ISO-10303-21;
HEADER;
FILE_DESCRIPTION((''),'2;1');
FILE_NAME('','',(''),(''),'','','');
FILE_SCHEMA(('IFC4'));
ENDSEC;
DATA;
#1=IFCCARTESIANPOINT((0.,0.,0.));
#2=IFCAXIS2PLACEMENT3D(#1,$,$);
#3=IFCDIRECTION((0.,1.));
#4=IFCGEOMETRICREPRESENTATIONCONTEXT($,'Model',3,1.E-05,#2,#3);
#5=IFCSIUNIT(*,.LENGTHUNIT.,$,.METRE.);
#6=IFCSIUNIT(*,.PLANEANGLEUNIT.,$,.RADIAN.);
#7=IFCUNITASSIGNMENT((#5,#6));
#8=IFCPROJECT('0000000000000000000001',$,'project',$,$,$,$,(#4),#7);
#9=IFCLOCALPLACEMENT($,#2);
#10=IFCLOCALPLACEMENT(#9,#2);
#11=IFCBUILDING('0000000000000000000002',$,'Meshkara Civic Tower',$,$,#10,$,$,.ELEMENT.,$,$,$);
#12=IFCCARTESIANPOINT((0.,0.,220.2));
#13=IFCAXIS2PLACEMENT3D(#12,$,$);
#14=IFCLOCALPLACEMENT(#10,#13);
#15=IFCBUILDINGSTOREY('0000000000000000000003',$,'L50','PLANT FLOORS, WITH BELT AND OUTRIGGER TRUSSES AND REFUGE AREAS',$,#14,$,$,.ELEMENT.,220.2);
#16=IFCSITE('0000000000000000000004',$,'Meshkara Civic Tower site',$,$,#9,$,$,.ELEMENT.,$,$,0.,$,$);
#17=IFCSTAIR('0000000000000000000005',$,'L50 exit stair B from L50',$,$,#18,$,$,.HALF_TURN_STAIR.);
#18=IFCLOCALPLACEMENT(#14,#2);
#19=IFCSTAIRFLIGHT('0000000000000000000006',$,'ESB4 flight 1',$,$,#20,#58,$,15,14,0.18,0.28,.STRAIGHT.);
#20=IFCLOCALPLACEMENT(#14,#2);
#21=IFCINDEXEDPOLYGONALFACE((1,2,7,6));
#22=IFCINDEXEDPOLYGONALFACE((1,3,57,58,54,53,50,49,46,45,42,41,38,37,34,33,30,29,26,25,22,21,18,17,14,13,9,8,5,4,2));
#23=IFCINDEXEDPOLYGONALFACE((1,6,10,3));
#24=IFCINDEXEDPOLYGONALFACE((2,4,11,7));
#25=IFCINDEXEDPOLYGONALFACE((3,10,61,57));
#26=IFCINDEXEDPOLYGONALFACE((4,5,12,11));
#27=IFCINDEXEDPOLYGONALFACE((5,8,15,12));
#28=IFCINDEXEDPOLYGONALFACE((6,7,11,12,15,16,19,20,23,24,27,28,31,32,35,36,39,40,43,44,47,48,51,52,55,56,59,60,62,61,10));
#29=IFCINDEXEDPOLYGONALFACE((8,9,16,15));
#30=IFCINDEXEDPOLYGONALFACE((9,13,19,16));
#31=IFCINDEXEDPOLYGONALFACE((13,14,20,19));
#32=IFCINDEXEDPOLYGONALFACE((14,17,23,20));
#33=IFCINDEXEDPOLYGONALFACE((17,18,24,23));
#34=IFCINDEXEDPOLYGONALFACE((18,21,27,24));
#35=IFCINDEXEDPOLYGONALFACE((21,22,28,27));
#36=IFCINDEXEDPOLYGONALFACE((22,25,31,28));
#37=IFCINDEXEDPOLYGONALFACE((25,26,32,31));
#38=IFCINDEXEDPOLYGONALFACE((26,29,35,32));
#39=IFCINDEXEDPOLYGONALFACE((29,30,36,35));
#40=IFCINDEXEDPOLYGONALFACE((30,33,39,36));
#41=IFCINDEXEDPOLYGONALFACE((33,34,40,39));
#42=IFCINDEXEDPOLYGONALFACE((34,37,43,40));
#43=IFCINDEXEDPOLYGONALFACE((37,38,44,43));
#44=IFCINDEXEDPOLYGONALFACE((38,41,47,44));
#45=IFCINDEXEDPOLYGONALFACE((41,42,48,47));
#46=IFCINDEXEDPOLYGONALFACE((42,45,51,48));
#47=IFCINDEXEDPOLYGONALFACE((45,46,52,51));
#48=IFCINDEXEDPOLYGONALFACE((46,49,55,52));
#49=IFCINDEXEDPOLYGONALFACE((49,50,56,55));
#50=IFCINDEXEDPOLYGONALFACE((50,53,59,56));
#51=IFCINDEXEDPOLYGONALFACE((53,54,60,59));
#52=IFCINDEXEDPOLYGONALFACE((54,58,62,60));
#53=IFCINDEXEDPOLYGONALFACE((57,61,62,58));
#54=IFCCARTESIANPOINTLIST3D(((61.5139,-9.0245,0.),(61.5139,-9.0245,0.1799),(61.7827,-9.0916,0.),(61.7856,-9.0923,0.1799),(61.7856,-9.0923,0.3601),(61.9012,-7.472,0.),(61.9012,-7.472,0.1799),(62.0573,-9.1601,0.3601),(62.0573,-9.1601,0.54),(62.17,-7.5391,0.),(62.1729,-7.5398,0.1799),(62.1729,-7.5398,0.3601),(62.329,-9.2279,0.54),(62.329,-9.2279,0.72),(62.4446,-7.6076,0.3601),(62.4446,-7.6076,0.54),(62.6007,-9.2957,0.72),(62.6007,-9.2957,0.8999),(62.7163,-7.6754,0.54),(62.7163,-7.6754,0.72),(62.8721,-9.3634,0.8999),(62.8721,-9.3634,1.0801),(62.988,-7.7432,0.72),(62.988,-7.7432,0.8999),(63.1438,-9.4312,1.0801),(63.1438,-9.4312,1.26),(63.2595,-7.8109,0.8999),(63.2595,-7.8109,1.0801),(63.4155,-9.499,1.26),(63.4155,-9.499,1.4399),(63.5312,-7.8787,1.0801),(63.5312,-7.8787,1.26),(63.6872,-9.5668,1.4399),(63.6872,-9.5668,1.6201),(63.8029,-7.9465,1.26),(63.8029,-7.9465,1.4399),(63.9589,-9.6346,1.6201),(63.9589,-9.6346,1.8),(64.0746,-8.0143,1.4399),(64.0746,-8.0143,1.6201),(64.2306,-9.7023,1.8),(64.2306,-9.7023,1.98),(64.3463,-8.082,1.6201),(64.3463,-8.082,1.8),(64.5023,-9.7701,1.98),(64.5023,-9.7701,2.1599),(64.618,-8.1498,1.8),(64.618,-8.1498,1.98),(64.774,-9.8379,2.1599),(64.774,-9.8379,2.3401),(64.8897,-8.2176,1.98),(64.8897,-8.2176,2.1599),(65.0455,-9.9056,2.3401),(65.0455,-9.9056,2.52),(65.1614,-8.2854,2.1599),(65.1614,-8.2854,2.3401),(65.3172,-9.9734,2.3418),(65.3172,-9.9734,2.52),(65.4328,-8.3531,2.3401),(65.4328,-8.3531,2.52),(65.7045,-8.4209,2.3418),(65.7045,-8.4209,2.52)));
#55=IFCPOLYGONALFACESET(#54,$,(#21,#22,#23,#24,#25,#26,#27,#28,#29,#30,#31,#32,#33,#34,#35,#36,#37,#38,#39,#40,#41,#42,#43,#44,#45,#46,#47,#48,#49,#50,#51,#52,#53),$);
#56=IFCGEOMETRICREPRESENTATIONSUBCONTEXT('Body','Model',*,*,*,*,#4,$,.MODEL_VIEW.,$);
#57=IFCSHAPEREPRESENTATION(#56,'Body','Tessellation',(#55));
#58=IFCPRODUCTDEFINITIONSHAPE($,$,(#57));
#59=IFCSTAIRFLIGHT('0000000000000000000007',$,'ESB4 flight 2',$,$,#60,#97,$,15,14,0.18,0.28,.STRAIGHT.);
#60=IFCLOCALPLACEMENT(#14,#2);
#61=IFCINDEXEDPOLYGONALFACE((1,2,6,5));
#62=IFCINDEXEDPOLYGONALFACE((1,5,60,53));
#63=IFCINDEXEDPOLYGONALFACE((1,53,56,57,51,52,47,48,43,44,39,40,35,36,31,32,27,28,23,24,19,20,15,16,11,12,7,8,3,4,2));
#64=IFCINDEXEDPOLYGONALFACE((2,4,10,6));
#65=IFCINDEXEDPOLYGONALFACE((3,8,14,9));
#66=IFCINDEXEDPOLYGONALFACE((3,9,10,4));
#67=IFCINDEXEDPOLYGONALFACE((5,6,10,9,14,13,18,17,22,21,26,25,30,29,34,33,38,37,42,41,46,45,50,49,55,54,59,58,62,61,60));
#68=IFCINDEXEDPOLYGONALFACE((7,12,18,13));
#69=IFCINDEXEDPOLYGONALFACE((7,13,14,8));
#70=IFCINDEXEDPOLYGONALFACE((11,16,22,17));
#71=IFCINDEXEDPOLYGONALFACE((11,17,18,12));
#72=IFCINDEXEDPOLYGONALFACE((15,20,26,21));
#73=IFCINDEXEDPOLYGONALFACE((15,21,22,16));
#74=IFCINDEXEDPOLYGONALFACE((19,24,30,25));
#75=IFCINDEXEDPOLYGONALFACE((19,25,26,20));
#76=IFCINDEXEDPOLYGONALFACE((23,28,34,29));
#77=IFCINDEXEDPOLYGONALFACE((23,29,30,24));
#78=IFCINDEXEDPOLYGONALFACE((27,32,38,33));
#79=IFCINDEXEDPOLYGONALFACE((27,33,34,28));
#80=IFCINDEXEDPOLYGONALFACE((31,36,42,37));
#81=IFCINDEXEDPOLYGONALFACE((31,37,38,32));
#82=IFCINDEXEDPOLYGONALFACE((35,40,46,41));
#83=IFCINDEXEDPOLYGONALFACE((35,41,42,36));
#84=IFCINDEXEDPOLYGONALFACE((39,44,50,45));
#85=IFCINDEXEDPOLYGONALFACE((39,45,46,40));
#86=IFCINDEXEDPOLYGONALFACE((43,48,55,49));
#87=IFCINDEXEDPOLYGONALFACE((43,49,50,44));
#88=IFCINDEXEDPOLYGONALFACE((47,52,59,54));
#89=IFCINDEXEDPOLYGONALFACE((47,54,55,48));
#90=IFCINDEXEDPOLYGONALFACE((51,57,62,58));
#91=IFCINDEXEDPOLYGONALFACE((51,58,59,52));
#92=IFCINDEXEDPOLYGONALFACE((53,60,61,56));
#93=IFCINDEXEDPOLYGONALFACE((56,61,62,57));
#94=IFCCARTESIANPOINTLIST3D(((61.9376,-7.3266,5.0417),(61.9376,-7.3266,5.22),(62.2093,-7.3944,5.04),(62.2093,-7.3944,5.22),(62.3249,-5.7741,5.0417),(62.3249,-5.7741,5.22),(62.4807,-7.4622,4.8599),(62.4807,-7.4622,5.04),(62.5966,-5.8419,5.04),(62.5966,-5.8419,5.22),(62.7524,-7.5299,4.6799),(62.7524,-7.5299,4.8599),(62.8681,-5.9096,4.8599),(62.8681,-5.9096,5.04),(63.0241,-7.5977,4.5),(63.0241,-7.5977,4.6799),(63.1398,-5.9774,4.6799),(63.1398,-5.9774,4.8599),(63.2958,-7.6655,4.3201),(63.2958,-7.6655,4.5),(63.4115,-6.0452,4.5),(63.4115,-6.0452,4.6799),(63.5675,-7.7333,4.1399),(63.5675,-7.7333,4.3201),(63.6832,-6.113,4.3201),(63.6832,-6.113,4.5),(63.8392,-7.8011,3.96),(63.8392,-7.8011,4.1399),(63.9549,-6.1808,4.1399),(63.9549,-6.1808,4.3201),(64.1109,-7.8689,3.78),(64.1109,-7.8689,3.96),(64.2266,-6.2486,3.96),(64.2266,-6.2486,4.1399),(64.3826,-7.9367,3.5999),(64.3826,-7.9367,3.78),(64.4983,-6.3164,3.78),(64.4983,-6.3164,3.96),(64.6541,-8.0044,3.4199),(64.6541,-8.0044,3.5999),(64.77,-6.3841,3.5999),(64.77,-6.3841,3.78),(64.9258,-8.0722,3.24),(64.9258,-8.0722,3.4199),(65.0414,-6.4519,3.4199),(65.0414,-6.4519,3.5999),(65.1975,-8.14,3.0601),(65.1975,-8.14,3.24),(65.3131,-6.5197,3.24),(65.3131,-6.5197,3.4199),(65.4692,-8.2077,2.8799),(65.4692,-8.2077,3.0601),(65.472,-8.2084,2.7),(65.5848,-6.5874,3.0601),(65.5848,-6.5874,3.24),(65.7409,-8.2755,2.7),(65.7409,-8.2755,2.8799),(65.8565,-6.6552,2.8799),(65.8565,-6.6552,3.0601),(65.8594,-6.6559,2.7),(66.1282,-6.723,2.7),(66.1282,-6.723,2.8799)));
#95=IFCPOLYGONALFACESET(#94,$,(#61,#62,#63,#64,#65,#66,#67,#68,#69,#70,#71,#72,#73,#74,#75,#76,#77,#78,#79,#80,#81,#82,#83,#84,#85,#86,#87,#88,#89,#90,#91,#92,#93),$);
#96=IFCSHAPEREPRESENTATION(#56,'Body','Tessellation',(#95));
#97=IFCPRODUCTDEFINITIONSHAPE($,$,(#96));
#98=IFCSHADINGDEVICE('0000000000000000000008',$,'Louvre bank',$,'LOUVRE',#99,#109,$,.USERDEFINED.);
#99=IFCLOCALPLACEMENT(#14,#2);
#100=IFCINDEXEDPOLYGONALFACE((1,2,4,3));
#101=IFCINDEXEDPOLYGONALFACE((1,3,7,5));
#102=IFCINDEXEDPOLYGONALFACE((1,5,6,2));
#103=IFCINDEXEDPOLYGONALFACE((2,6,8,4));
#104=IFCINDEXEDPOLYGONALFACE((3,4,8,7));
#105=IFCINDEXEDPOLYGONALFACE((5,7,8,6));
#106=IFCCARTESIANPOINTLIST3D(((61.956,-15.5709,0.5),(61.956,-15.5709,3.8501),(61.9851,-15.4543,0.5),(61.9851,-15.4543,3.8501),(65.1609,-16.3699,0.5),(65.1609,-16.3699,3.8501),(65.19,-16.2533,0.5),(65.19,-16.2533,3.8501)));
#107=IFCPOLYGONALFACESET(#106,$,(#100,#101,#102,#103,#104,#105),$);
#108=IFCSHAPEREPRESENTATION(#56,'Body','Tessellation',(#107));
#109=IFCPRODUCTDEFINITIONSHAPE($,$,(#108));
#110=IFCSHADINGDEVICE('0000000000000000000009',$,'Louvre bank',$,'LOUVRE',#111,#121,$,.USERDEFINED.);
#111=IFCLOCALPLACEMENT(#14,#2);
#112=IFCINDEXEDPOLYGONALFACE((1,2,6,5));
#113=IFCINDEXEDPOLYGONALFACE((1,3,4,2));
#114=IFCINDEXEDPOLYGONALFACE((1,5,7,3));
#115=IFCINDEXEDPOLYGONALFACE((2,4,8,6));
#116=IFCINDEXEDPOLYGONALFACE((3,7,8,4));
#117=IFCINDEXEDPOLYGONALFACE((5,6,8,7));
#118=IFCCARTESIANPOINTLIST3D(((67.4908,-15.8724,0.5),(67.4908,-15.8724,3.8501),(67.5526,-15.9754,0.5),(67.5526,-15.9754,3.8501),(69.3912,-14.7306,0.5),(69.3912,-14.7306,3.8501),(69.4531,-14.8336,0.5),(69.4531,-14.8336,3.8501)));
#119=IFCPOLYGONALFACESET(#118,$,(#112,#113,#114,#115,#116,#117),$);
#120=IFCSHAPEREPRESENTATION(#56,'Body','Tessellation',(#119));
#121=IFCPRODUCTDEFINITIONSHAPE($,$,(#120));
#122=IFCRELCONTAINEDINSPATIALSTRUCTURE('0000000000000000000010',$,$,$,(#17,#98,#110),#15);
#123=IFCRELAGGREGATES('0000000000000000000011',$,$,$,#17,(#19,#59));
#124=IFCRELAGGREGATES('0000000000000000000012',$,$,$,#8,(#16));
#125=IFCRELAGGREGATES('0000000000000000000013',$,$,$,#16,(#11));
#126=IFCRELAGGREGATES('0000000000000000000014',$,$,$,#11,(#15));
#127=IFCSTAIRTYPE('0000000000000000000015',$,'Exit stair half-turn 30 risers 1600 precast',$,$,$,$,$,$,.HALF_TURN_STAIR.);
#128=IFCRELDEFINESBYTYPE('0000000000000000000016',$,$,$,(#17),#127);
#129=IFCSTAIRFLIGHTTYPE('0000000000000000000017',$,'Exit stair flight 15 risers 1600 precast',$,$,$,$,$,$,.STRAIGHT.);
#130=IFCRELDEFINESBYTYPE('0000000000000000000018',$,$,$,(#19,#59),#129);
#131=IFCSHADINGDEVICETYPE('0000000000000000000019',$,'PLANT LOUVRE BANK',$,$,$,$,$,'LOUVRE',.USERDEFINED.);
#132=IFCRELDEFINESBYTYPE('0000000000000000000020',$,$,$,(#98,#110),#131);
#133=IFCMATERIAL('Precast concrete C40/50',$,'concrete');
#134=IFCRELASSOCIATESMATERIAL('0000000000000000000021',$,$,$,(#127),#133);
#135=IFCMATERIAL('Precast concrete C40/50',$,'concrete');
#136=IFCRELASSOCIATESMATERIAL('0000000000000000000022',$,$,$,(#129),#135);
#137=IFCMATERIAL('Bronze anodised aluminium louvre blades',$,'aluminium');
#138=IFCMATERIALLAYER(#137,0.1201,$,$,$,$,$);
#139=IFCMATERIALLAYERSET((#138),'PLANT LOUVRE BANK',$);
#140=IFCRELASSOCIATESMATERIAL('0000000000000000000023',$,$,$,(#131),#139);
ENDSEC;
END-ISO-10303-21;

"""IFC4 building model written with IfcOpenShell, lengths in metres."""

from ifc_helpers import new_model, si_unit, direction, frame, origin, origin_2d, place, context, subcontext, project, spatial, polyline, rectangle, outline, extrude, material, layer, layer_set, type_object, element, aggregate, save


model = new_model("IFC4")

# Units and contexts
model_context = context("Model", 3, precision=1e-05, world=origin(), true_north=direction((0.0, 1.0)))
body_context = subcontext(model_context, "Body", "Model", "MODEL_VIEW")
ifc_project = project(units=[si_unit("LENGTHUNIT", "METRE"), si_unit("PLANEANGLEUNIT", "RADIAN")], contexts=[model_context])

# Site, building, storey
site_placement = place(None, origin())
site = spatial("IfcSite", under=ifc_project, at=site_placement, Name="Meshkara Civic Tower site", CompositionType="ELEMENT", RefElevation=0.0)
building_placement = place(site_placement, origin())
building = spatial("IfcBuilding", under=site, at=building_placement, Name="Meshkara Civic Tower", CompositionType="ELEMENT")
storey_placement = place(building_placement, frame((0.0, 0.0, 220.2)))
storey = spatial("IfcBuildingStorey", under=building, at=storey_placement, Name="L50", Description="PLANT FLOORS, WITH BELT AND OUTRIGGER TRUSSES AND REFUGE AREAS", CompositionType="ELEMENT", Elevation=220.2)

# Stair, stair flights
ifc_material_1 = material(Name="Precast concrete C40/50", Category="concrete")
stair_type = type_object("IfcStairType", Name="Exit stair half-turn 30 risers 1600 precast", PredefinedType="HALF_TURN_STAIR", material=ifc_material_1)
stair_placement = place(storey_placement, origin())
stair = element("IfcStair", 1, at=stair_placement, inside=storey, type_object=stair_type, Name="L50 exit stair B from L50", PredefinedType="HALF_TURN_STAIR")
ifc_material_2 = material(Name="Precast concrete C40/50", Category="concrete")
stair_flight_type = type_object("IfcStairFlightType", Name="Exit stair flight 15 risers 1600 precast", PredefinedType="STRAIGHT", material=ifc_material_2)
stair_flight_1_placement = place(storey_placement, frame((61.7075, -8.2483, 0.0), z_axis=(0.0, 0.0, 1.0), x_axis=(0.97026, -0.242065, 0.0)))
stair_flight_1 = element("IfcStairFlight", 2, at=stair_flight_1_placement, type_object=stair_flight_type, Name="ESB4 flight 1", NumberOfRisers=15, NumberOfTreads=14, PredefinedType="STRAIGHT", RiserHeight=0.18, TreadLength=0.28, context=body_context, shape_type="SweptSolid", body=[
    extrude(outline(polyline([(0.0, 0.0), (0.0, 0.1799), (0.28, 0.1799), (0.28, 0.3601), (0.5601, 0.3601), (0.5601, 0.54), (0.8401, 0.54), (0.8401, 0.72), (1.1201, 0.72), (1.1201, 0.8999), (1.3999, 0.8999), (1.3999, 1.0801), (1.6799, 1.0801), (1.6799, 1.26), (1.96, 1.26), (1.96, 1.4399), (2.24, 1.4399), (2.24, 1.6201), (2.52, 1.6201), (2.52, 1.8), (2.8, 1.8), (2.8, 1.98), (3.0801, 1.98), (3.0801, 2.1599), (3.3601, 2.1599), (3.3601, 2.3401), (3.6399, 2.3401), (3.6399, 2.52), (3.9199, 2.52), (3.9199, 2.7), (3.9199, 2.3418), (0.2771, 0.0), (0.0, 0.0)])), frame((0.0, 0.8, 0.0), z_axis=(0.0, -1.0, 0.0), x_axis=(1.0, 0.0, 0.0)), (0.0, 0.0, 1.0), 1.6001),
])
stair_flight_2_placement = place(storey_placement, frame((65.9346, -7.4993, 2.7), z_axis=(0.0, 0.0, 1.0), x_axis=(-0.97026, 0.242065, 0.0)))
stair_flight_2 = element("IfcStairFlight", 3, at=stair_flight_2_placement, type_object=stair_flight_type, Name="ESB4 flight 2", NumberOfRisers=15, NumberOfTreads=14, PredefinedType="STRAIGHT", RiserHeight=0.18, TreadLength=0.28, context=body_context, shape_type="SweptSolid", body=[
    extrude(outline(polyline([(0.0, 0.0), (0.0, 0.1799), (0.28, 0.1799), (0.28, 0.3601), (0.5601, 0.3601), (0.5601, 0.54), (0.8401, 0.54), (0.8401, 0.72), (1.1201, 0.72), (1.1201, 0.8999), (1.3999, 0.8999), (1.3999, 1.0801), (1.6799, 1.0801), (1.6799, 1.26), (1.96, 1.26), (1.96, 1.4399), (2.24, 1.4399), (2.24, 1.6201), (2.52, 1.6201), (2.52, 1.8), (2.8, 1.8), (2.8, 1.98), (3.0801, 1.98), (3.0801, 2.1599), (3.3601, 2.1599), (3.3601, 2.3401), (3.6399, 2.3401), (3.6399, 2.52), (3.9199, 2.52), (3.9199, 2.7), (3.9199, 2.3418), (0.2771, 0.0), (0.0, 0.0)])), frame((0.0, 0.8, 0.0), z_axis=(0.0, -1.0, 0.0), x_axis=(1.0, 0.0, 0.0)), (0.0, 0.0, 1.0), 1.6001),
])
aggregate(stair, [stair_flight_1, stair_flight_2])

# Shading devices
ifc_material_3 = material(Name="Bronze anodised aluminium louvre blades", Category="aluminium")
ifc_layer_1 = layer(ifc_material_3, 0.1201)
ifc_layer_set_1 = layer_set([ifc_layer_1], Name="PLANT LOUVRE BANK")
shading_device_type = type_object("IfcShadingDeviceType", Name="PLANT LOUVRE BANK", ElementType="LOUVRE", PredefinedType="USERDEFINED", material=ifc_layer_set_1)
shading_device_1_placement = place(storey_placement, frame((63.573, -15.9121, 0.5), z_axis=(0.0, 0.0, 1.0), x_axis=(0.9703, -0.241905, 0.0)))
element("IfcShadingDevice", 4, at=shading_device_1_placement, inside=storey, type_object=shading_device_type, Name="Louvre bank", ObjectType="LOUVRE", PredefinedType="USERDEFINED", context=body_context, shape_type="SweptSolid", body=[
    extrude(rectangle(XDim=3.303, YDim=0.1201, at=origin_2d()), origin(), (0.0, 0.0, 1.0), 3.3501),
])
shading_device_2_placement = place(storey_placement, frame((68.4719, -15.353, 0.5), z_axis=(0.0, 0.0, 1.0), x_axis=(0.857185, 0.515008, 0.0)))
element("IfcShadingDevice", 5, at=shading_device_2_placement, inside=storey, type_object=shading_device_type, Name="Louvre bank", ObjectType="LOUVRE", PredefinedType="USERDEFINED", context=body_context, shape_type="SweptSolid", body=[
    extrude(rectangle(XDim=2.217, YDim=0.1201, at=origin_2d()), origin(), (0.0, 0.0, 1.0), 3.3501),
])

save(model, "model.ifc")
